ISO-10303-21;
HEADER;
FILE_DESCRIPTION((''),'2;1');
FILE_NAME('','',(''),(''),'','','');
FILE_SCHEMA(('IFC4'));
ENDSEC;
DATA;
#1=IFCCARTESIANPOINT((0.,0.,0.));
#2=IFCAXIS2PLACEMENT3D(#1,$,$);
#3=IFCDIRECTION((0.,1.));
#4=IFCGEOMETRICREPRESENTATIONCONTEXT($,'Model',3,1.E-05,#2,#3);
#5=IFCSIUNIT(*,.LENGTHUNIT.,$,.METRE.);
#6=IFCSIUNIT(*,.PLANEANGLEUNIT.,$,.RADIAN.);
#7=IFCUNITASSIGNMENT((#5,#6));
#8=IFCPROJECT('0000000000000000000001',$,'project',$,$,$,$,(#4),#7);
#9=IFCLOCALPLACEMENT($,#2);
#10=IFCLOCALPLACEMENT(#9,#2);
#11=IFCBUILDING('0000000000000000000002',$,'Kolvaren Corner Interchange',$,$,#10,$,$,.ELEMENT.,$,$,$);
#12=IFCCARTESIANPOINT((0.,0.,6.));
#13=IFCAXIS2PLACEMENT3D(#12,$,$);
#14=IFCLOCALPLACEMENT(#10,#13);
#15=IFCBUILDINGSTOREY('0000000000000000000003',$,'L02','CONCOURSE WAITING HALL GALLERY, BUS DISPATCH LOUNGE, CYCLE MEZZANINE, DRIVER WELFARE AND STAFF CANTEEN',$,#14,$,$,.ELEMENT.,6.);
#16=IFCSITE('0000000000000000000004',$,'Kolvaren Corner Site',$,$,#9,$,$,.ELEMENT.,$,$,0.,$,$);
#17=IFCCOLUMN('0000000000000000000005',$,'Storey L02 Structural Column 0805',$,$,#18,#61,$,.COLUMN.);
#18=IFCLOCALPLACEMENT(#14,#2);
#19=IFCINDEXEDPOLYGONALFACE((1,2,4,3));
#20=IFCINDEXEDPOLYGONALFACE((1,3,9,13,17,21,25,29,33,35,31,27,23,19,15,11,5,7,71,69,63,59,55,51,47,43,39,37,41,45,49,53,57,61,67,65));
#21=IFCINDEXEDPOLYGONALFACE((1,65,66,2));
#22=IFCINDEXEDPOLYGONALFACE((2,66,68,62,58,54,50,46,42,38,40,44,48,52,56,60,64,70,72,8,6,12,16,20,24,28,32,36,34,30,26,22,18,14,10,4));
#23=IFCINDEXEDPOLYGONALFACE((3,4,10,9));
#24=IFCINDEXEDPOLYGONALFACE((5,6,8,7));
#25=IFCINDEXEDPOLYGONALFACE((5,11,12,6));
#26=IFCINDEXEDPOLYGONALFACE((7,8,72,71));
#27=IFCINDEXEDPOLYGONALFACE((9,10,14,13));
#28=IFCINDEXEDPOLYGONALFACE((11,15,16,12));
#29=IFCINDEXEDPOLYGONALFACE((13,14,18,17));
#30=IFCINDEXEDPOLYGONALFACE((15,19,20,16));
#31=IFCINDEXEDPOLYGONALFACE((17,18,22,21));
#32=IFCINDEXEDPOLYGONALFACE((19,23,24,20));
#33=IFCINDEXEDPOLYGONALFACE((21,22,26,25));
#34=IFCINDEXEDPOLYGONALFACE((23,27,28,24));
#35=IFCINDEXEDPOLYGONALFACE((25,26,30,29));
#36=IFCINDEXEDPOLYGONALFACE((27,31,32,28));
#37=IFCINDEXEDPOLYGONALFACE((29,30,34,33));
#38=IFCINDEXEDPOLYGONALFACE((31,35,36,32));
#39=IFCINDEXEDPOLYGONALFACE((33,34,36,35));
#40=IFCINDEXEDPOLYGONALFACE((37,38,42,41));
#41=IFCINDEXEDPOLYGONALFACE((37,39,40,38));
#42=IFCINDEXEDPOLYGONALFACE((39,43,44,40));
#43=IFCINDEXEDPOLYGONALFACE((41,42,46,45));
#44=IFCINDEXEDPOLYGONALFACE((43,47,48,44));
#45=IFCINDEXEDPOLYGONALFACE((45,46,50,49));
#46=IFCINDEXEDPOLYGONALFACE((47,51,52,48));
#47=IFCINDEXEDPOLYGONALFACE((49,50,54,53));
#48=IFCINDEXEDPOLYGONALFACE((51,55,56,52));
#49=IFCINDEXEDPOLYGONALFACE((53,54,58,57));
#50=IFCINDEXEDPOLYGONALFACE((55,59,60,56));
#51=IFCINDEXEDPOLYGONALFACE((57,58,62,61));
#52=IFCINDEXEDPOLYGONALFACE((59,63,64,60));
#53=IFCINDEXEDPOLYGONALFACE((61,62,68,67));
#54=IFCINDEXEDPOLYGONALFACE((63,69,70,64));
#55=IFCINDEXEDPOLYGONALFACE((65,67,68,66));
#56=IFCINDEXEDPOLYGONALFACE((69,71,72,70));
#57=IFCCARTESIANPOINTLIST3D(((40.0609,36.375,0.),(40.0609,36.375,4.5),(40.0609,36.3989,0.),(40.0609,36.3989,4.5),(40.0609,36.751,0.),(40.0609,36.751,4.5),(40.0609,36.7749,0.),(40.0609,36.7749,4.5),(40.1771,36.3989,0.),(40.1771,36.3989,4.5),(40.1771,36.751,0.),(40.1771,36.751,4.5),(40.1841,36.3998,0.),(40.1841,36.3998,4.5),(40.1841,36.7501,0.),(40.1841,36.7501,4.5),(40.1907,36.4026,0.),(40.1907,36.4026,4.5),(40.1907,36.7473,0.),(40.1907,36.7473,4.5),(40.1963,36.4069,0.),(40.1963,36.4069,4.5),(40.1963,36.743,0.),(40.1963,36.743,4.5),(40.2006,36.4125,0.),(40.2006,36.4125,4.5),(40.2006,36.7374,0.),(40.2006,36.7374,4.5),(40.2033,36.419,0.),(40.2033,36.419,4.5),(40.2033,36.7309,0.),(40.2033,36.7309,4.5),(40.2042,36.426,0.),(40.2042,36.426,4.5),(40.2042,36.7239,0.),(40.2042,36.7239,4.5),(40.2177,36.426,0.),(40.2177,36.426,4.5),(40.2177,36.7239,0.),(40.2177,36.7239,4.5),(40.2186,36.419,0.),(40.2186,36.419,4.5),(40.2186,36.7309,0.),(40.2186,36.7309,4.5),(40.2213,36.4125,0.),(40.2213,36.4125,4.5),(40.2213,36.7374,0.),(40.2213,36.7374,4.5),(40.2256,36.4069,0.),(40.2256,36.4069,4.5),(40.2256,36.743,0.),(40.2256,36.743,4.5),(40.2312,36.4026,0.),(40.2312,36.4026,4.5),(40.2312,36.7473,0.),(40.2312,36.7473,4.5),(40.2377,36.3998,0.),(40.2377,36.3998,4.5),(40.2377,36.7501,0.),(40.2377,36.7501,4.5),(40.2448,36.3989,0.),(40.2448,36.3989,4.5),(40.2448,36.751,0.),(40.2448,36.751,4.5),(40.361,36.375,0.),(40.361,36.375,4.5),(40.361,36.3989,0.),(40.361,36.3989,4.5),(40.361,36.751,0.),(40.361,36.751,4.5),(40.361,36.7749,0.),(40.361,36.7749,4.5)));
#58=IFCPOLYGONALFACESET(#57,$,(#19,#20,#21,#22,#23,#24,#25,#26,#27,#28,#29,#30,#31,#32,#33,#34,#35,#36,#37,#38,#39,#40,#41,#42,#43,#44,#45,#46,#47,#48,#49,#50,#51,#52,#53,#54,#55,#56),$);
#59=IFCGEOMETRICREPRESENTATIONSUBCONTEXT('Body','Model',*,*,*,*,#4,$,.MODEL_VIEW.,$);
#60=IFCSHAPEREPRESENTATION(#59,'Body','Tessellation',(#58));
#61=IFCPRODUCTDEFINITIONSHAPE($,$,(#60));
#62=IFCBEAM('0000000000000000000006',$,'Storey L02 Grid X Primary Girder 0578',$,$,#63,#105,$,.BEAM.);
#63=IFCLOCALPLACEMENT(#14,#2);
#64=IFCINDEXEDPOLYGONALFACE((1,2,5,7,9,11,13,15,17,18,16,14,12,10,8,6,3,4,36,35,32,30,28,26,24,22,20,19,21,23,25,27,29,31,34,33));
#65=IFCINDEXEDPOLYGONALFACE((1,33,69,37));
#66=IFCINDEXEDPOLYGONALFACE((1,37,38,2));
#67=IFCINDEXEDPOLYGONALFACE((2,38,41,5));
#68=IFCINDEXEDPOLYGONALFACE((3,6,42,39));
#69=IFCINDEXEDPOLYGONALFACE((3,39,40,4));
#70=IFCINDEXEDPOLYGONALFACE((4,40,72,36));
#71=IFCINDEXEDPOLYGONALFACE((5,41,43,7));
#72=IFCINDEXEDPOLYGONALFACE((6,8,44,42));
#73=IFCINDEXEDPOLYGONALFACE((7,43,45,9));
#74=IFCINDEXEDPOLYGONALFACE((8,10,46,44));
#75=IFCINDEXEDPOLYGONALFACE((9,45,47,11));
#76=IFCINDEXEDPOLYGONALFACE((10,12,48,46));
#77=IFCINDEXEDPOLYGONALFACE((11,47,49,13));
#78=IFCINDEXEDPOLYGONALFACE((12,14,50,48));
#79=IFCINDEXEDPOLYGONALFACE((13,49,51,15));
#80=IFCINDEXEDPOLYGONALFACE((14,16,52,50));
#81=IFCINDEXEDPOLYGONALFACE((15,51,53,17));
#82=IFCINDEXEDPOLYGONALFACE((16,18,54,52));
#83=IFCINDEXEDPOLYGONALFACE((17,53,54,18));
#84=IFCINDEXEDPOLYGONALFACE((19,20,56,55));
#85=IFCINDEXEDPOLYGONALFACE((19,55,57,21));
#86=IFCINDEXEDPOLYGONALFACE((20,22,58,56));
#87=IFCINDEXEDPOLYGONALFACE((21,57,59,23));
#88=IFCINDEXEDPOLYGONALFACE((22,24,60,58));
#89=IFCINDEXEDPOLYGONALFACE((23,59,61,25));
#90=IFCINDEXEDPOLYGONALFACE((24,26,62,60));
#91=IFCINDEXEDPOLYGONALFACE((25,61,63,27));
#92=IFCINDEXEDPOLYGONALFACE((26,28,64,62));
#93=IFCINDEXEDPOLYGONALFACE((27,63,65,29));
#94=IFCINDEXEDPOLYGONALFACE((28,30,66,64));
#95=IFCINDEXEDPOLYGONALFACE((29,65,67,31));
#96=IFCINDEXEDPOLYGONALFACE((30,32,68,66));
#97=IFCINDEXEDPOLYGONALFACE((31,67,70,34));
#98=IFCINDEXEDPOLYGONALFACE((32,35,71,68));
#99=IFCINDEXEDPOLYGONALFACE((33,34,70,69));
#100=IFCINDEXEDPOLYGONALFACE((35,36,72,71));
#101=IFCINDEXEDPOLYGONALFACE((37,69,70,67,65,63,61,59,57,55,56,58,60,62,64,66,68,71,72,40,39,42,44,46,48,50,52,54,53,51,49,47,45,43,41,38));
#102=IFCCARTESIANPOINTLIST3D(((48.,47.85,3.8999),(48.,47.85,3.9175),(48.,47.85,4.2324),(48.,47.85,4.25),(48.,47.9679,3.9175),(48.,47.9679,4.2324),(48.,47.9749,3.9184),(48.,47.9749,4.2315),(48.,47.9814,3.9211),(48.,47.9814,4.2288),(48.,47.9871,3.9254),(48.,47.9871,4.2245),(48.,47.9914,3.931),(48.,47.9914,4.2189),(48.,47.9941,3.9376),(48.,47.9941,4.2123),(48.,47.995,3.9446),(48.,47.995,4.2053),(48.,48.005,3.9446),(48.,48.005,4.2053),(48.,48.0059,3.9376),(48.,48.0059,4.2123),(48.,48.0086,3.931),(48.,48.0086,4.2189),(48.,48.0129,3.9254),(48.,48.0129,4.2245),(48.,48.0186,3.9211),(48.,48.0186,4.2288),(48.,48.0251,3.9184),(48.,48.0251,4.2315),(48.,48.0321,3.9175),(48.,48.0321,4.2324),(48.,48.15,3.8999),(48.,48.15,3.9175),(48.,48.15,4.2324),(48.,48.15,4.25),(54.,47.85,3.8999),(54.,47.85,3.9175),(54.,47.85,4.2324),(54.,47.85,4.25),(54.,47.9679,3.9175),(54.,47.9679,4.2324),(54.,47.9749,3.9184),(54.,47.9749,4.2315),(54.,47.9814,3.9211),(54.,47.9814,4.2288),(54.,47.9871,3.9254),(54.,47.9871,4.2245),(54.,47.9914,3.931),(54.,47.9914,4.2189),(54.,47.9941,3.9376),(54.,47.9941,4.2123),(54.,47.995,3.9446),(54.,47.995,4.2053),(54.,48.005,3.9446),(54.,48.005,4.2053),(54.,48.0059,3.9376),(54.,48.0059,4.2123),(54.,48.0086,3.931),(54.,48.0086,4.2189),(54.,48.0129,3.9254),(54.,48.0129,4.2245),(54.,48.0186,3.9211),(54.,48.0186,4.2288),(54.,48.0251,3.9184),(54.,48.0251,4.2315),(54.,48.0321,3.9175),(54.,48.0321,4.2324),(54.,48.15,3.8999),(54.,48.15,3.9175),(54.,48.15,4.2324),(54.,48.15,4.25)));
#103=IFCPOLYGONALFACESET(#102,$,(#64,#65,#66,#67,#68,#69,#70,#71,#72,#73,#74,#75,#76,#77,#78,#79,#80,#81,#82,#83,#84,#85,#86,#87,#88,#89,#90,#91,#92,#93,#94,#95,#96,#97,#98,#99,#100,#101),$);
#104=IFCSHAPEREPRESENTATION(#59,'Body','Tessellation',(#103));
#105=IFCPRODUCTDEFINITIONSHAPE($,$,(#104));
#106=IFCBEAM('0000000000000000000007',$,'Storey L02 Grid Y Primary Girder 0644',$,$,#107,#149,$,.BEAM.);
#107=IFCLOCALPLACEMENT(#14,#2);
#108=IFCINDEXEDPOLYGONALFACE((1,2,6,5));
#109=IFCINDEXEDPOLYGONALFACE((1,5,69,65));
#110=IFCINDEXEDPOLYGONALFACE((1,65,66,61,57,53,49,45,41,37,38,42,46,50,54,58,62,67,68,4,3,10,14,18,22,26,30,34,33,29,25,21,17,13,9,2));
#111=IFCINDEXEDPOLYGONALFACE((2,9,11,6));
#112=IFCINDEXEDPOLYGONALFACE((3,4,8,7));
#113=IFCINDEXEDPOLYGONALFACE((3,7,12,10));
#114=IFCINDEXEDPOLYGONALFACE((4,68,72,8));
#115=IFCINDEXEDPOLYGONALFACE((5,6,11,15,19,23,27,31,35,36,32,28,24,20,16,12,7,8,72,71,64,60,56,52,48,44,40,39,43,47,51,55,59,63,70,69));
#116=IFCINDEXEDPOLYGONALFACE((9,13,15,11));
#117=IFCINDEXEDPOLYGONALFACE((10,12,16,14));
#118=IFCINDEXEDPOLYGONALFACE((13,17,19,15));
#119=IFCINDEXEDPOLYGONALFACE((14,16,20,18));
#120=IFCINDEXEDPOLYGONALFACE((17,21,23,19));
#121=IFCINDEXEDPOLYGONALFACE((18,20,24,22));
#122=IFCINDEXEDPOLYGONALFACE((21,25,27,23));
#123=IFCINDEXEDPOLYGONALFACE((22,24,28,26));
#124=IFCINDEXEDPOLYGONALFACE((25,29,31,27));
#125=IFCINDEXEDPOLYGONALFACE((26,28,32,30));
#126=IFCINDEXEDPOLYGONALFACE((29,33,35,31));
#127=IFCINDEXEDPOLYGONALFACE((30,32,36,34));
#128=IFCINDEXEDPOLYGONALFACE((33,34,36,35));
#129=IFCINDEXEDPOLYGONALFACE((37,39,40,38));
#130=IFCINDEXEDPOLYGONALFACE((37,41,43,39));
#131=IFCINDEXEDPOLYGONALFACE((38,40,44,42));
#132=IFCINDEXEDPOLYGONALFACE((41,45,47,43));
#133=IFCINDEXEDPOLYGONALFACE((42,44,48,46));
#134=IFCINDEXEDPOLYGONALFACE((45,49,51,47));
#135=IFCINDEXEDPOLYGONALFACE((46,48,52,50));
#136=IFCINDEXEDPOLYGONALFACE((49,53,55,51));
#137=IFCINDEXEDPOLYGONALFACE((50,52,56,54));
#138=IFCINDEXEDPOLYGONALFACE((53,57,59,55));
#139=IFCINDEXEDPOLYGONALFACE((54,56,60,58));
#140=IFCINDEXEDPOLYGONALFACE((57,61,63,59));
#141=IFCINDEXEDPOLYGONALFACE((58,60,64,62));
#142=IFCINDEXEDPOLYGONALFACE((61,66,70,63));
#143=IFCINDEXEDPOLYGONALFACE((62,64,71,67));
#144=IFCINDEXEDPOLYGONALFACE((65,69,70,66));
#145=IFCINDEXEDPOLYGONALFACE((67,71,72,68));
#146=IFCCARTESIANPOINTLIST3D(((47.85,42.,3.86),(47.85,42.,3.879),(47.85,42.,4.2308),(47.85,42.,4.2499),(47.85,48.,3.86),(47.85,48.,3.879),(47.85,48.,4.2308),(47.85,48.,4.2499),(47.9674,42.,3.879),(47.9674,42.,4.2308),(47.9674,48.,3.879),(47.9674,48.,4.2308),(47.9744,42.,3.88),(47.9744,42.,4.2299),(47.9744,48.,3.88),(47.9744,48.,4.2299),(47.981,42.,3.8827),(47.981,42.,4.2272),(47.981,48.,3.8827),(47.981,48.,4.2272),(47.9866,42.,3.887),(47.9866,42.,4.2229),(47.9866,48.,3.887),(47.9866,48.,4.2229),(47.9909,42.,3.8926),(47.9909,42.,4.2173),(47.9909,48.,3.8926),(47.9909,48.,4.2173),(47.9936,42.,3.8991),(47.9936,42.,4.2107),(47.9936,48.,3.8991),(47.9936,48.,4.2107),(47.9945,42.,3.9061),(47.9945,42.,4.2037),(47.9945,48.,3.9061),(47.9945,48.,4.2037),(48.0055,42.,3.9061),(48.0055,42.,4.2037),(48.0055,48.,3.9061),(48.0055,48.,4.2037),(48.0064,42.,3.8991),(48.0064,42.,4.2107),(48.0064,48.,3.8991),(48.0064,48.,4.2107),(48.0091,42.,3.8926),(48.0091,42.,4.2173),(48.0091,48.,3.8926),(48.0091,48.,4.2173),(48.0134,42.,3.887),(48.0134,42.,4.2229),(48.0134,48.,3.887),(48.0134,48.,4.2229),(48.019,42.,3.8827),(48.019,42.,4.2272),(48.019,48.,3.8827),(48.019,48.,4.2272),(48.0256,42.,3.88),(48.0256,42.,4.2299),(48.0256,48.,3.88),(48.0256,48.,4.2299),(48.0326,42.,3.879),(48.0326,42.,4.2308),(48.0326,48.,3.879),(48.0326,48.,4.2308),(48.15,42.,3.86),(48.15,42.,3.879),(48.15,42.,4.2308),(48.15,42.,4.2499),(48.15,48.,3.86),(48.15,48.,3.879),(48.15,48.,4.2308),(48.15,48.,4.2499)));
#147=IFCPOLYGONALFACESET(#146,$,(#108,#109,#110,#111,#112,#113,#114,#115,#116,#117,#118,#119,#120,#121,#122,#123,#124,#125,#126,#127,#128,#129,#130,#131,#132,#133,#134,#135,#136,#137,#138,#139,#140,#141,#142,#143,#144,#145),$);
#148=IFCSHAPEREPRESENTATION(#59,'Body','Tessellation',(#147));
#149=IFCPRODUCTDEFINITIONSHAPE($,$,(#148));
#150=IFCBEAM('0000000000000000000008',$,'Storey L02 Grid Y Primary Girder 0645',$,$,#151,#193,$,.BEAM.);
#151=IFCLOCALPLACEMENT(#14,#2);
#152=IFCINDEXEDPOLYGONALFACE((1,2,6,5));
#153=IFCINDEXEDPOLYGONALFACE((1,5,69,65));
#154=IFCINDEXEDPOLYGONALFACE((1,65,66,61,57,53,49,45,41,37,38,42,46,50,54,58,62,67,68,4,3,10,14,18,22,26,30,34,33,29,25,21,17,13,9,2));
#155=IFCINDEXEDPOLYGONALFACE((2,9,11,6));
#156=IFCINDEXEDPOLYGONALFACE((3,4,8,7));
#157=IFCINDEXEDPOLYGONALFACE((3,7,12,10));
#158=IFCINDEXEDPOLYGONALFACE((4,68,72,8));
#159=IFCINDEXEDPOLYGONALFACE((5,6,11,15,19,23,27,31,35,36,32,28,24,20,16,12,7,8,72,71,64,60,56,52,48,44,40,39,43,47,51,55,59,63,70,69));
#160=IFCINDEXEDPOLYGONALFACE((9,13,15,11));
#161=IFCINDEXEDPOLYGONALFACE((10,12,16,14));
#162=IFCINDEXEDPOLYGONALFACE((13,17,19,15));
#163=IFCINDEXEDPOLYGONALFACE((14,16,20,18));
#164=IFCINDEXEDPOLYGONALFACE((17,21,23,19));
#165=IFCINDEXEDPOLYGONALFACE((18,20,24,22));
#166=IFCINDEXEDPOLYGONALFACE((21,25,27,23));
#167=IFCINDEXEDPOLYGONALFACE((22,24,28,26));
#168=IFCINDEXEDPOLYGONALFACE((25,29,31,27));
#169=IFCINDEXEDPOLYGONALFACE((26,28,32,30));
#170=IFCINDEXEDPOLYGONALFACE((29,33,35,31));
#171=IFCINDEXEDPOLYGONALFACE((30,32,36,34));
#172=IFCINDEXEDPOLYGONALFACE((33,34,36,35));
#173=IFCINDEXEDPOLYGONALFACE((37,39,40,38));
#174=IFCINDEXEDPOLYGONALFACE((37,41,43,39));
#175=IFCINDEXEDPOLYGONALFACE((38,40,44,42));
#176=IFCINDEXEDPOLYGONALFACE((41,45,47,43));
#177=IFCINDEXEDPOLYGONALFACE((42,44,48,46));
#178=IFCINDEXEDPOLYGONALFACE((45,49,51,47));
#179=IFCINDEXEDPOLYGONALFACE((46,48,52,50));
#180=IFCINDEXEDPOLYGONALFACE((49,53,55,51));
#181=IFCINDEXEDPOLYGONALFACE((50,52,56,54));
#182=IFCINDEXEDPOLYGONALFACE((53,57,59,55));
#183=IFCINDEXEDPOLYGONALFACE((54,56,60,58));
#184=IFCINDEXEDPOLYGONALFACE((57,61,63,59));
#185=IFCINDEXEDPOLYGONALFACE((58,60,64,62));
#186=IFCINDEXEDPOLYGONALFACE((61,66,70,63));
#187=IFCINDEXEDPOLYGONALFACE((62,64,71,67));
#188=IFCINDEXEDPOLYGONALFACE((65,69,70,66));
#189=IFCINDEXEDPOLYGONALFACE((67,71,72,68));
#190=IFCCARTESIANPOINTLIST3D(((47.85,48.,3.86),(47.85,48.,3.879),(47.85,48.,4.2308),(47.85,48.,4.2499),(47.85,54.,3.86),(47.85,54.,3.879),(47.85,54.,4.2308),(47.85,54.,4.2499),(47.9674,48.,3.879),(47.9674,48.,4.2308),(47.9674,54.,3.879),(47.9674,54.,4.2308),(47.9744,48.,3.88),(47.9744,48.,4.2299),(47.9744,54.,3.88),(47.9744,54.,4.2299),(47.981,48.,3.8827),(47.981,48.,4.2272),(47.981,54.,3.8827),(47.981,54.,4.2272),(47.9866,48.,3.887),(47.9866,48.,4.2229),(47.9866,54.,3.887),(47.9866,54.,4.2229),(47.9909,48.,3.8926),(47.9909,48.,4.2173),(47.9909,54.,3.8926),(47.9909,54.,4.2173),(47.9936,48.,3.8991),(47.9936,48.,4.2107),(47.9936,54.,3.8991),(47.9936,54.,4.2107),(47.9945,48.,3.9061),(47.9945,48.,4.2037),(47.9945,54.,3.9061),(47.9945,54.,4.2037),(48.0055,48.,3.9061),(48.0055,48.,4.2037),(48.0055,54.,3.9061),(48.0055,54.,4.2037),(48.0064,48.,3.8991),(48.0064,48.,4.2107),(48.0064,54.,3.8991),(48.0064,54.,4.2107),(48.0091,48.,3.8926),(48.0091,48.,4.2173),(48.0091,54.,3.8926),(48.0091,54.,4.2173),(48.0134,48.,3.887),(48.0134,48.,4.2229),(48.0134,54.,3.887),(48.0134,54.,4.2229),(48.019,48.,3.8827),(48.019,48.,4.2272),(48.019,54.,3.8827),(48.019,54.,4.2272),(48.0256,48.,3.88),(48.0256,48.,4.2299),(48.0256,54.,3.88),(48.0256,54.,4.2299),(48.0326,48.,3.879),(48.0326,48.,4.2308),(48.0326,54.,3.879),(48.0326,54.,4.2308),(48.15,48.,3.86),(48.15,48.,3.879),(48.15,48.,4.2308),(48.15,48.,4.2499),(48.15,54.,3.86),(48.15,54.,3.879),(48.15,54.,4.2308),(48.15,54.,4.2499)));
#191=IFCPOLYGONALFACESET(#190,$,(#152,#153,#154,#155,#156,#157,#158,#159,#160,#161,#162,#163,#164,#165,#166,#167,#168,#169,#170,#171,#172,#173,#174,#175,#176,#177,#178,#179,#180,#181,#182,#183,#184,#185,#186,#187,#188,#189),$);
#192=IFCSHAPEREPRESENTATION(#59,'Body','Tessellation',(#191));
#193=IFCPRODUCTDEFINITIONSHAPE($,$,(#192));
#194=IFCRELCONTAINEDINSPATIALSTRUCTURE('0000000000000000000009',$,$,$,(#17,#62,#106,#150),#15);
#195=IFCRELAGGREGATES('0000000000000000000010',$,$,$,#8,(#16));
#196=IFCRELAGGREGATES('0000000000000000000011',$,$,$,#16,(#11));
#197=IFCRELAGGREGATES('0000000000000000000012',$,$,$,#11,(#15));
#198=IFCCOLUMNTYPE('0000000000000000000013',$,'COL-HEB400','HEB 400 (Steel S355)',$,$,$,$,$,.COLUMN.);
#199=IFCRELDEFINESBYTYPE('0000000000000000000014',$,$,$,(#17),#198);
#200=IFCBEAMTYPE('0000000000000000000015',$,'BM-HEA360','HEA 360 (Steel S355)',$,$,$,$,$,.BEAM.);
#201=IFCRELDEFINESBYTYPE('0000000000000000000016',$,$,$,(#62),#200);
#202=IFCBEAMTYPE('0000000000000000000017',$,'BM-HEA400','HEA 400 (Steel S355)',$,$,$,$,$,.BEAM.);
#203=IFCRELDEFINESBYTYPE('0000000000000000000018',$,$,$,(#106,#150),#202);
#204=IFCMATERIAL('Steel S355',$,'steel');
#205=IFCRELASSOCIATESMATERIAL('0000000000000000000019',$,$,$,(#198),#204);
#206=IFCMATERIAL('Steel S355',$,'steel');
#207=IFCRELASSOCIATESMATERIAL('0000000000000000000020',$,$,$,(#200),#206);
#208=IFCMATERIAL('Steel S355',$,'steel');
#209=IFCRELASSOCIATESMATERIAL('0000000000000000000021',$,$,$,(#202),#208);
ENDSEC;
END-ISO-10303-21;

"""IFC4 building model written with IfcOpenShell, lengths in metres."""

from ifc_helpers import new_model, si_unit, direction, frame, origin, origin_2d, place, context, subcontext, project, spatial, i_section, extrude, material, material_profile, profile_set, type_object, element, save


model = new_model("IFC4")

# Units and contexts
model_context = context("Model", 3, precision=1e-05, world=origin(), true_north=direction((0.0, 1.0)))
body_context = subcontext(model_context, "Body", "Model", "MODEL_VIEW")
ifc_project = project(units=[si_unit("LENGTHUNIT", "METRE"), si_unit("PLANEANGLEUNIT", "RADIAN")], contexts=[model_context])

# Site, building, storey
site_placement = place(None, origin())
site = spatial("IfcSite", under=ifc_project, at=site_placement, Name="Kolvaren Corner Site", CompositionType="ELEMENT", RefElevation=0.0)
building_placement = place(site_placement, origin())
building = spatial("IfcBuilding", under=site, at=building_placement, Name="Kolvaren Corner Interchange", CompositionType="ELEMENT")
storey_placement = place(building_placement, frame((0.0, 0.0, 6.0)))
storey = spatial("IfcBuildingStorey", under=building, at=storey_placement, Name="L02", Description="CONCOURSE WAITING HALL GALLERY, BUS DISPATCH LOUNGE, CYCLE MEZZANINE, DRIVER WELFARE AND STAFF CANTEEN", CompositionType="ELEMENT", Elevation=6.0)

# Column
ifc_material_1 = material(Name="Steel S355", Category="steel")
ifc_material_profile_1 = material_profile(ifc_material_1, i_section(OverallWidth=0.3, OverallDepth=0.3999, WebThickness=0.0134, FlangeThickness=0.0239, FilletRadius=0.0271, at=origin_2d()), Name="HEB 400")
ifc_profile_set_1 = profile_set([ifc_material_profile_1], Name="Steel S355")
column_type_1 = type_object("IfcColumnType", Name="COL-HEB400", Description="HEB 400 (Steel S355)", PredefinedType="COLUMN", material=ifc_profile_set_1)
for number, where, z_axis, x_axis, name in (
    (1, (40.2109, 36.575, 0.0), (0.0, 0.0, 1.0), (1.0, 0.0, 0.0), "Storey L02 Structural Column 0805"),
):
    element("IfcColumn", number, at=place(storey_placement, frame(where, z_axis=z_axis, x_axis=x_axis)), inside=storey, type_object=column_type_1, Name=name, PredefinedType="COLUMN", context=body_context, shape_type="SweptSolid", body=[
        extrude(i_section(OverallWidth=0.3, OverallDepth=0.3999, WebThickness=0.0134, FlangeThickness=0.0239, FilletRadius=0.0271, at=origin_2d()), origin(), (0.0, 0.0, 1.0), 4.5),
    ])

# Beams
ifc_material_2 = material(Name="Steel S355", Category="steel")
ifc_material_profile_2 = material_profile(ifc_material_2, i_section(OverallWidth=0.3, OverallDepth=0.3501, WebThickness=0.01, FlangeThickness=0.0176, FilletRadius=0.0271, at=origin_2d()), Name="HEA 360")
ifc_profile_set_2 = profile_set([ifc_material_profile_2], Name="Steel S355")
beam_type_1 = type_object("IfcBeamType", Name="BM-HEA360", Description="HEA 360 (Steel S355)", PredefinedType="BEAM", material=ifc_profile_set_2)
beam_1_placement = place(storey_placement, frame((48.0, 48.0, 4.075), z_axis=(1.0, 0.0, 0.0), x_axis=(0.0, 1.0, 0.0)))
element("IfcBeam", 2, at=beam_1_placement, inside=storey, type_object=beam_type_1, Name="Storey L02 Grid X Primary Girder 0578", PredefinedType="BEAM", context=body_context, shape_type="SweptSolid", body=[
    extrude(i_section(OverallWidth=0.3, OverallDepth=0.3501, WebThickness=0.01, FlangeThickness=0.0176, FilletRadius=0.0271, at=origin_2d()), origin(), (0.0, 0.0, 1.0), 6.0),
])
ifc_material_3 = material(Name="Steel S355", Category="steel")
ifc_material_profile_3 = material_profile(ifc_material_3, i_section(OverallWidth=0.3, OverallDepth=0.3899, WebThickness=0.011, FlangeThickness=0.019, FilletRadius=0.0271, at=origin_2d()), Name="HEA 400")
ifc_profile_set_3 = profile_set([ifc_material_profile_3], Name="Steel S355")
beam_type_2 = type_object("IfcBeamType", Name="BM-HEA400", Description="HEA 400 (Steel S355)", PredefinedType="BEAM", material=ifc_profile_set_3)
for number, where, z_axis, x_axis, name in (
    (3, (48.0, 42.0, 4.0549), (0.0, 1.0, 0.0), (-1.0, 0.0, 0.0), "Storey L02 Grid Y Primary Girder 0644"),
    (4, (48.0, 48.0, 4.0549), (0.0, 1.0, 0.0), (-1.0, 0.0, 0.0), "Storey L02 Grid Y Primary Girder 0645"),
):
    element("IfcBeam", number, at=place(storey_placement, frame(where, z_axis=z_axis, x_axis=x_axis)), inside=storey, type_object=beam_type_2, Name=name, PredefinedType="BEAM", context=body_context, shape_type="SweptSolid", body=[
        extrude(i_section(OverallWidth=0.3, OverallDepth=0.3899, WebThickness=0.011, FlangeThickness=0.019, FilletRadius=0.0271, at=origin_2d()), origin(), (0.0, 0.0, 1.0), 6.0),
    ])

save(model, "model.ifc")
